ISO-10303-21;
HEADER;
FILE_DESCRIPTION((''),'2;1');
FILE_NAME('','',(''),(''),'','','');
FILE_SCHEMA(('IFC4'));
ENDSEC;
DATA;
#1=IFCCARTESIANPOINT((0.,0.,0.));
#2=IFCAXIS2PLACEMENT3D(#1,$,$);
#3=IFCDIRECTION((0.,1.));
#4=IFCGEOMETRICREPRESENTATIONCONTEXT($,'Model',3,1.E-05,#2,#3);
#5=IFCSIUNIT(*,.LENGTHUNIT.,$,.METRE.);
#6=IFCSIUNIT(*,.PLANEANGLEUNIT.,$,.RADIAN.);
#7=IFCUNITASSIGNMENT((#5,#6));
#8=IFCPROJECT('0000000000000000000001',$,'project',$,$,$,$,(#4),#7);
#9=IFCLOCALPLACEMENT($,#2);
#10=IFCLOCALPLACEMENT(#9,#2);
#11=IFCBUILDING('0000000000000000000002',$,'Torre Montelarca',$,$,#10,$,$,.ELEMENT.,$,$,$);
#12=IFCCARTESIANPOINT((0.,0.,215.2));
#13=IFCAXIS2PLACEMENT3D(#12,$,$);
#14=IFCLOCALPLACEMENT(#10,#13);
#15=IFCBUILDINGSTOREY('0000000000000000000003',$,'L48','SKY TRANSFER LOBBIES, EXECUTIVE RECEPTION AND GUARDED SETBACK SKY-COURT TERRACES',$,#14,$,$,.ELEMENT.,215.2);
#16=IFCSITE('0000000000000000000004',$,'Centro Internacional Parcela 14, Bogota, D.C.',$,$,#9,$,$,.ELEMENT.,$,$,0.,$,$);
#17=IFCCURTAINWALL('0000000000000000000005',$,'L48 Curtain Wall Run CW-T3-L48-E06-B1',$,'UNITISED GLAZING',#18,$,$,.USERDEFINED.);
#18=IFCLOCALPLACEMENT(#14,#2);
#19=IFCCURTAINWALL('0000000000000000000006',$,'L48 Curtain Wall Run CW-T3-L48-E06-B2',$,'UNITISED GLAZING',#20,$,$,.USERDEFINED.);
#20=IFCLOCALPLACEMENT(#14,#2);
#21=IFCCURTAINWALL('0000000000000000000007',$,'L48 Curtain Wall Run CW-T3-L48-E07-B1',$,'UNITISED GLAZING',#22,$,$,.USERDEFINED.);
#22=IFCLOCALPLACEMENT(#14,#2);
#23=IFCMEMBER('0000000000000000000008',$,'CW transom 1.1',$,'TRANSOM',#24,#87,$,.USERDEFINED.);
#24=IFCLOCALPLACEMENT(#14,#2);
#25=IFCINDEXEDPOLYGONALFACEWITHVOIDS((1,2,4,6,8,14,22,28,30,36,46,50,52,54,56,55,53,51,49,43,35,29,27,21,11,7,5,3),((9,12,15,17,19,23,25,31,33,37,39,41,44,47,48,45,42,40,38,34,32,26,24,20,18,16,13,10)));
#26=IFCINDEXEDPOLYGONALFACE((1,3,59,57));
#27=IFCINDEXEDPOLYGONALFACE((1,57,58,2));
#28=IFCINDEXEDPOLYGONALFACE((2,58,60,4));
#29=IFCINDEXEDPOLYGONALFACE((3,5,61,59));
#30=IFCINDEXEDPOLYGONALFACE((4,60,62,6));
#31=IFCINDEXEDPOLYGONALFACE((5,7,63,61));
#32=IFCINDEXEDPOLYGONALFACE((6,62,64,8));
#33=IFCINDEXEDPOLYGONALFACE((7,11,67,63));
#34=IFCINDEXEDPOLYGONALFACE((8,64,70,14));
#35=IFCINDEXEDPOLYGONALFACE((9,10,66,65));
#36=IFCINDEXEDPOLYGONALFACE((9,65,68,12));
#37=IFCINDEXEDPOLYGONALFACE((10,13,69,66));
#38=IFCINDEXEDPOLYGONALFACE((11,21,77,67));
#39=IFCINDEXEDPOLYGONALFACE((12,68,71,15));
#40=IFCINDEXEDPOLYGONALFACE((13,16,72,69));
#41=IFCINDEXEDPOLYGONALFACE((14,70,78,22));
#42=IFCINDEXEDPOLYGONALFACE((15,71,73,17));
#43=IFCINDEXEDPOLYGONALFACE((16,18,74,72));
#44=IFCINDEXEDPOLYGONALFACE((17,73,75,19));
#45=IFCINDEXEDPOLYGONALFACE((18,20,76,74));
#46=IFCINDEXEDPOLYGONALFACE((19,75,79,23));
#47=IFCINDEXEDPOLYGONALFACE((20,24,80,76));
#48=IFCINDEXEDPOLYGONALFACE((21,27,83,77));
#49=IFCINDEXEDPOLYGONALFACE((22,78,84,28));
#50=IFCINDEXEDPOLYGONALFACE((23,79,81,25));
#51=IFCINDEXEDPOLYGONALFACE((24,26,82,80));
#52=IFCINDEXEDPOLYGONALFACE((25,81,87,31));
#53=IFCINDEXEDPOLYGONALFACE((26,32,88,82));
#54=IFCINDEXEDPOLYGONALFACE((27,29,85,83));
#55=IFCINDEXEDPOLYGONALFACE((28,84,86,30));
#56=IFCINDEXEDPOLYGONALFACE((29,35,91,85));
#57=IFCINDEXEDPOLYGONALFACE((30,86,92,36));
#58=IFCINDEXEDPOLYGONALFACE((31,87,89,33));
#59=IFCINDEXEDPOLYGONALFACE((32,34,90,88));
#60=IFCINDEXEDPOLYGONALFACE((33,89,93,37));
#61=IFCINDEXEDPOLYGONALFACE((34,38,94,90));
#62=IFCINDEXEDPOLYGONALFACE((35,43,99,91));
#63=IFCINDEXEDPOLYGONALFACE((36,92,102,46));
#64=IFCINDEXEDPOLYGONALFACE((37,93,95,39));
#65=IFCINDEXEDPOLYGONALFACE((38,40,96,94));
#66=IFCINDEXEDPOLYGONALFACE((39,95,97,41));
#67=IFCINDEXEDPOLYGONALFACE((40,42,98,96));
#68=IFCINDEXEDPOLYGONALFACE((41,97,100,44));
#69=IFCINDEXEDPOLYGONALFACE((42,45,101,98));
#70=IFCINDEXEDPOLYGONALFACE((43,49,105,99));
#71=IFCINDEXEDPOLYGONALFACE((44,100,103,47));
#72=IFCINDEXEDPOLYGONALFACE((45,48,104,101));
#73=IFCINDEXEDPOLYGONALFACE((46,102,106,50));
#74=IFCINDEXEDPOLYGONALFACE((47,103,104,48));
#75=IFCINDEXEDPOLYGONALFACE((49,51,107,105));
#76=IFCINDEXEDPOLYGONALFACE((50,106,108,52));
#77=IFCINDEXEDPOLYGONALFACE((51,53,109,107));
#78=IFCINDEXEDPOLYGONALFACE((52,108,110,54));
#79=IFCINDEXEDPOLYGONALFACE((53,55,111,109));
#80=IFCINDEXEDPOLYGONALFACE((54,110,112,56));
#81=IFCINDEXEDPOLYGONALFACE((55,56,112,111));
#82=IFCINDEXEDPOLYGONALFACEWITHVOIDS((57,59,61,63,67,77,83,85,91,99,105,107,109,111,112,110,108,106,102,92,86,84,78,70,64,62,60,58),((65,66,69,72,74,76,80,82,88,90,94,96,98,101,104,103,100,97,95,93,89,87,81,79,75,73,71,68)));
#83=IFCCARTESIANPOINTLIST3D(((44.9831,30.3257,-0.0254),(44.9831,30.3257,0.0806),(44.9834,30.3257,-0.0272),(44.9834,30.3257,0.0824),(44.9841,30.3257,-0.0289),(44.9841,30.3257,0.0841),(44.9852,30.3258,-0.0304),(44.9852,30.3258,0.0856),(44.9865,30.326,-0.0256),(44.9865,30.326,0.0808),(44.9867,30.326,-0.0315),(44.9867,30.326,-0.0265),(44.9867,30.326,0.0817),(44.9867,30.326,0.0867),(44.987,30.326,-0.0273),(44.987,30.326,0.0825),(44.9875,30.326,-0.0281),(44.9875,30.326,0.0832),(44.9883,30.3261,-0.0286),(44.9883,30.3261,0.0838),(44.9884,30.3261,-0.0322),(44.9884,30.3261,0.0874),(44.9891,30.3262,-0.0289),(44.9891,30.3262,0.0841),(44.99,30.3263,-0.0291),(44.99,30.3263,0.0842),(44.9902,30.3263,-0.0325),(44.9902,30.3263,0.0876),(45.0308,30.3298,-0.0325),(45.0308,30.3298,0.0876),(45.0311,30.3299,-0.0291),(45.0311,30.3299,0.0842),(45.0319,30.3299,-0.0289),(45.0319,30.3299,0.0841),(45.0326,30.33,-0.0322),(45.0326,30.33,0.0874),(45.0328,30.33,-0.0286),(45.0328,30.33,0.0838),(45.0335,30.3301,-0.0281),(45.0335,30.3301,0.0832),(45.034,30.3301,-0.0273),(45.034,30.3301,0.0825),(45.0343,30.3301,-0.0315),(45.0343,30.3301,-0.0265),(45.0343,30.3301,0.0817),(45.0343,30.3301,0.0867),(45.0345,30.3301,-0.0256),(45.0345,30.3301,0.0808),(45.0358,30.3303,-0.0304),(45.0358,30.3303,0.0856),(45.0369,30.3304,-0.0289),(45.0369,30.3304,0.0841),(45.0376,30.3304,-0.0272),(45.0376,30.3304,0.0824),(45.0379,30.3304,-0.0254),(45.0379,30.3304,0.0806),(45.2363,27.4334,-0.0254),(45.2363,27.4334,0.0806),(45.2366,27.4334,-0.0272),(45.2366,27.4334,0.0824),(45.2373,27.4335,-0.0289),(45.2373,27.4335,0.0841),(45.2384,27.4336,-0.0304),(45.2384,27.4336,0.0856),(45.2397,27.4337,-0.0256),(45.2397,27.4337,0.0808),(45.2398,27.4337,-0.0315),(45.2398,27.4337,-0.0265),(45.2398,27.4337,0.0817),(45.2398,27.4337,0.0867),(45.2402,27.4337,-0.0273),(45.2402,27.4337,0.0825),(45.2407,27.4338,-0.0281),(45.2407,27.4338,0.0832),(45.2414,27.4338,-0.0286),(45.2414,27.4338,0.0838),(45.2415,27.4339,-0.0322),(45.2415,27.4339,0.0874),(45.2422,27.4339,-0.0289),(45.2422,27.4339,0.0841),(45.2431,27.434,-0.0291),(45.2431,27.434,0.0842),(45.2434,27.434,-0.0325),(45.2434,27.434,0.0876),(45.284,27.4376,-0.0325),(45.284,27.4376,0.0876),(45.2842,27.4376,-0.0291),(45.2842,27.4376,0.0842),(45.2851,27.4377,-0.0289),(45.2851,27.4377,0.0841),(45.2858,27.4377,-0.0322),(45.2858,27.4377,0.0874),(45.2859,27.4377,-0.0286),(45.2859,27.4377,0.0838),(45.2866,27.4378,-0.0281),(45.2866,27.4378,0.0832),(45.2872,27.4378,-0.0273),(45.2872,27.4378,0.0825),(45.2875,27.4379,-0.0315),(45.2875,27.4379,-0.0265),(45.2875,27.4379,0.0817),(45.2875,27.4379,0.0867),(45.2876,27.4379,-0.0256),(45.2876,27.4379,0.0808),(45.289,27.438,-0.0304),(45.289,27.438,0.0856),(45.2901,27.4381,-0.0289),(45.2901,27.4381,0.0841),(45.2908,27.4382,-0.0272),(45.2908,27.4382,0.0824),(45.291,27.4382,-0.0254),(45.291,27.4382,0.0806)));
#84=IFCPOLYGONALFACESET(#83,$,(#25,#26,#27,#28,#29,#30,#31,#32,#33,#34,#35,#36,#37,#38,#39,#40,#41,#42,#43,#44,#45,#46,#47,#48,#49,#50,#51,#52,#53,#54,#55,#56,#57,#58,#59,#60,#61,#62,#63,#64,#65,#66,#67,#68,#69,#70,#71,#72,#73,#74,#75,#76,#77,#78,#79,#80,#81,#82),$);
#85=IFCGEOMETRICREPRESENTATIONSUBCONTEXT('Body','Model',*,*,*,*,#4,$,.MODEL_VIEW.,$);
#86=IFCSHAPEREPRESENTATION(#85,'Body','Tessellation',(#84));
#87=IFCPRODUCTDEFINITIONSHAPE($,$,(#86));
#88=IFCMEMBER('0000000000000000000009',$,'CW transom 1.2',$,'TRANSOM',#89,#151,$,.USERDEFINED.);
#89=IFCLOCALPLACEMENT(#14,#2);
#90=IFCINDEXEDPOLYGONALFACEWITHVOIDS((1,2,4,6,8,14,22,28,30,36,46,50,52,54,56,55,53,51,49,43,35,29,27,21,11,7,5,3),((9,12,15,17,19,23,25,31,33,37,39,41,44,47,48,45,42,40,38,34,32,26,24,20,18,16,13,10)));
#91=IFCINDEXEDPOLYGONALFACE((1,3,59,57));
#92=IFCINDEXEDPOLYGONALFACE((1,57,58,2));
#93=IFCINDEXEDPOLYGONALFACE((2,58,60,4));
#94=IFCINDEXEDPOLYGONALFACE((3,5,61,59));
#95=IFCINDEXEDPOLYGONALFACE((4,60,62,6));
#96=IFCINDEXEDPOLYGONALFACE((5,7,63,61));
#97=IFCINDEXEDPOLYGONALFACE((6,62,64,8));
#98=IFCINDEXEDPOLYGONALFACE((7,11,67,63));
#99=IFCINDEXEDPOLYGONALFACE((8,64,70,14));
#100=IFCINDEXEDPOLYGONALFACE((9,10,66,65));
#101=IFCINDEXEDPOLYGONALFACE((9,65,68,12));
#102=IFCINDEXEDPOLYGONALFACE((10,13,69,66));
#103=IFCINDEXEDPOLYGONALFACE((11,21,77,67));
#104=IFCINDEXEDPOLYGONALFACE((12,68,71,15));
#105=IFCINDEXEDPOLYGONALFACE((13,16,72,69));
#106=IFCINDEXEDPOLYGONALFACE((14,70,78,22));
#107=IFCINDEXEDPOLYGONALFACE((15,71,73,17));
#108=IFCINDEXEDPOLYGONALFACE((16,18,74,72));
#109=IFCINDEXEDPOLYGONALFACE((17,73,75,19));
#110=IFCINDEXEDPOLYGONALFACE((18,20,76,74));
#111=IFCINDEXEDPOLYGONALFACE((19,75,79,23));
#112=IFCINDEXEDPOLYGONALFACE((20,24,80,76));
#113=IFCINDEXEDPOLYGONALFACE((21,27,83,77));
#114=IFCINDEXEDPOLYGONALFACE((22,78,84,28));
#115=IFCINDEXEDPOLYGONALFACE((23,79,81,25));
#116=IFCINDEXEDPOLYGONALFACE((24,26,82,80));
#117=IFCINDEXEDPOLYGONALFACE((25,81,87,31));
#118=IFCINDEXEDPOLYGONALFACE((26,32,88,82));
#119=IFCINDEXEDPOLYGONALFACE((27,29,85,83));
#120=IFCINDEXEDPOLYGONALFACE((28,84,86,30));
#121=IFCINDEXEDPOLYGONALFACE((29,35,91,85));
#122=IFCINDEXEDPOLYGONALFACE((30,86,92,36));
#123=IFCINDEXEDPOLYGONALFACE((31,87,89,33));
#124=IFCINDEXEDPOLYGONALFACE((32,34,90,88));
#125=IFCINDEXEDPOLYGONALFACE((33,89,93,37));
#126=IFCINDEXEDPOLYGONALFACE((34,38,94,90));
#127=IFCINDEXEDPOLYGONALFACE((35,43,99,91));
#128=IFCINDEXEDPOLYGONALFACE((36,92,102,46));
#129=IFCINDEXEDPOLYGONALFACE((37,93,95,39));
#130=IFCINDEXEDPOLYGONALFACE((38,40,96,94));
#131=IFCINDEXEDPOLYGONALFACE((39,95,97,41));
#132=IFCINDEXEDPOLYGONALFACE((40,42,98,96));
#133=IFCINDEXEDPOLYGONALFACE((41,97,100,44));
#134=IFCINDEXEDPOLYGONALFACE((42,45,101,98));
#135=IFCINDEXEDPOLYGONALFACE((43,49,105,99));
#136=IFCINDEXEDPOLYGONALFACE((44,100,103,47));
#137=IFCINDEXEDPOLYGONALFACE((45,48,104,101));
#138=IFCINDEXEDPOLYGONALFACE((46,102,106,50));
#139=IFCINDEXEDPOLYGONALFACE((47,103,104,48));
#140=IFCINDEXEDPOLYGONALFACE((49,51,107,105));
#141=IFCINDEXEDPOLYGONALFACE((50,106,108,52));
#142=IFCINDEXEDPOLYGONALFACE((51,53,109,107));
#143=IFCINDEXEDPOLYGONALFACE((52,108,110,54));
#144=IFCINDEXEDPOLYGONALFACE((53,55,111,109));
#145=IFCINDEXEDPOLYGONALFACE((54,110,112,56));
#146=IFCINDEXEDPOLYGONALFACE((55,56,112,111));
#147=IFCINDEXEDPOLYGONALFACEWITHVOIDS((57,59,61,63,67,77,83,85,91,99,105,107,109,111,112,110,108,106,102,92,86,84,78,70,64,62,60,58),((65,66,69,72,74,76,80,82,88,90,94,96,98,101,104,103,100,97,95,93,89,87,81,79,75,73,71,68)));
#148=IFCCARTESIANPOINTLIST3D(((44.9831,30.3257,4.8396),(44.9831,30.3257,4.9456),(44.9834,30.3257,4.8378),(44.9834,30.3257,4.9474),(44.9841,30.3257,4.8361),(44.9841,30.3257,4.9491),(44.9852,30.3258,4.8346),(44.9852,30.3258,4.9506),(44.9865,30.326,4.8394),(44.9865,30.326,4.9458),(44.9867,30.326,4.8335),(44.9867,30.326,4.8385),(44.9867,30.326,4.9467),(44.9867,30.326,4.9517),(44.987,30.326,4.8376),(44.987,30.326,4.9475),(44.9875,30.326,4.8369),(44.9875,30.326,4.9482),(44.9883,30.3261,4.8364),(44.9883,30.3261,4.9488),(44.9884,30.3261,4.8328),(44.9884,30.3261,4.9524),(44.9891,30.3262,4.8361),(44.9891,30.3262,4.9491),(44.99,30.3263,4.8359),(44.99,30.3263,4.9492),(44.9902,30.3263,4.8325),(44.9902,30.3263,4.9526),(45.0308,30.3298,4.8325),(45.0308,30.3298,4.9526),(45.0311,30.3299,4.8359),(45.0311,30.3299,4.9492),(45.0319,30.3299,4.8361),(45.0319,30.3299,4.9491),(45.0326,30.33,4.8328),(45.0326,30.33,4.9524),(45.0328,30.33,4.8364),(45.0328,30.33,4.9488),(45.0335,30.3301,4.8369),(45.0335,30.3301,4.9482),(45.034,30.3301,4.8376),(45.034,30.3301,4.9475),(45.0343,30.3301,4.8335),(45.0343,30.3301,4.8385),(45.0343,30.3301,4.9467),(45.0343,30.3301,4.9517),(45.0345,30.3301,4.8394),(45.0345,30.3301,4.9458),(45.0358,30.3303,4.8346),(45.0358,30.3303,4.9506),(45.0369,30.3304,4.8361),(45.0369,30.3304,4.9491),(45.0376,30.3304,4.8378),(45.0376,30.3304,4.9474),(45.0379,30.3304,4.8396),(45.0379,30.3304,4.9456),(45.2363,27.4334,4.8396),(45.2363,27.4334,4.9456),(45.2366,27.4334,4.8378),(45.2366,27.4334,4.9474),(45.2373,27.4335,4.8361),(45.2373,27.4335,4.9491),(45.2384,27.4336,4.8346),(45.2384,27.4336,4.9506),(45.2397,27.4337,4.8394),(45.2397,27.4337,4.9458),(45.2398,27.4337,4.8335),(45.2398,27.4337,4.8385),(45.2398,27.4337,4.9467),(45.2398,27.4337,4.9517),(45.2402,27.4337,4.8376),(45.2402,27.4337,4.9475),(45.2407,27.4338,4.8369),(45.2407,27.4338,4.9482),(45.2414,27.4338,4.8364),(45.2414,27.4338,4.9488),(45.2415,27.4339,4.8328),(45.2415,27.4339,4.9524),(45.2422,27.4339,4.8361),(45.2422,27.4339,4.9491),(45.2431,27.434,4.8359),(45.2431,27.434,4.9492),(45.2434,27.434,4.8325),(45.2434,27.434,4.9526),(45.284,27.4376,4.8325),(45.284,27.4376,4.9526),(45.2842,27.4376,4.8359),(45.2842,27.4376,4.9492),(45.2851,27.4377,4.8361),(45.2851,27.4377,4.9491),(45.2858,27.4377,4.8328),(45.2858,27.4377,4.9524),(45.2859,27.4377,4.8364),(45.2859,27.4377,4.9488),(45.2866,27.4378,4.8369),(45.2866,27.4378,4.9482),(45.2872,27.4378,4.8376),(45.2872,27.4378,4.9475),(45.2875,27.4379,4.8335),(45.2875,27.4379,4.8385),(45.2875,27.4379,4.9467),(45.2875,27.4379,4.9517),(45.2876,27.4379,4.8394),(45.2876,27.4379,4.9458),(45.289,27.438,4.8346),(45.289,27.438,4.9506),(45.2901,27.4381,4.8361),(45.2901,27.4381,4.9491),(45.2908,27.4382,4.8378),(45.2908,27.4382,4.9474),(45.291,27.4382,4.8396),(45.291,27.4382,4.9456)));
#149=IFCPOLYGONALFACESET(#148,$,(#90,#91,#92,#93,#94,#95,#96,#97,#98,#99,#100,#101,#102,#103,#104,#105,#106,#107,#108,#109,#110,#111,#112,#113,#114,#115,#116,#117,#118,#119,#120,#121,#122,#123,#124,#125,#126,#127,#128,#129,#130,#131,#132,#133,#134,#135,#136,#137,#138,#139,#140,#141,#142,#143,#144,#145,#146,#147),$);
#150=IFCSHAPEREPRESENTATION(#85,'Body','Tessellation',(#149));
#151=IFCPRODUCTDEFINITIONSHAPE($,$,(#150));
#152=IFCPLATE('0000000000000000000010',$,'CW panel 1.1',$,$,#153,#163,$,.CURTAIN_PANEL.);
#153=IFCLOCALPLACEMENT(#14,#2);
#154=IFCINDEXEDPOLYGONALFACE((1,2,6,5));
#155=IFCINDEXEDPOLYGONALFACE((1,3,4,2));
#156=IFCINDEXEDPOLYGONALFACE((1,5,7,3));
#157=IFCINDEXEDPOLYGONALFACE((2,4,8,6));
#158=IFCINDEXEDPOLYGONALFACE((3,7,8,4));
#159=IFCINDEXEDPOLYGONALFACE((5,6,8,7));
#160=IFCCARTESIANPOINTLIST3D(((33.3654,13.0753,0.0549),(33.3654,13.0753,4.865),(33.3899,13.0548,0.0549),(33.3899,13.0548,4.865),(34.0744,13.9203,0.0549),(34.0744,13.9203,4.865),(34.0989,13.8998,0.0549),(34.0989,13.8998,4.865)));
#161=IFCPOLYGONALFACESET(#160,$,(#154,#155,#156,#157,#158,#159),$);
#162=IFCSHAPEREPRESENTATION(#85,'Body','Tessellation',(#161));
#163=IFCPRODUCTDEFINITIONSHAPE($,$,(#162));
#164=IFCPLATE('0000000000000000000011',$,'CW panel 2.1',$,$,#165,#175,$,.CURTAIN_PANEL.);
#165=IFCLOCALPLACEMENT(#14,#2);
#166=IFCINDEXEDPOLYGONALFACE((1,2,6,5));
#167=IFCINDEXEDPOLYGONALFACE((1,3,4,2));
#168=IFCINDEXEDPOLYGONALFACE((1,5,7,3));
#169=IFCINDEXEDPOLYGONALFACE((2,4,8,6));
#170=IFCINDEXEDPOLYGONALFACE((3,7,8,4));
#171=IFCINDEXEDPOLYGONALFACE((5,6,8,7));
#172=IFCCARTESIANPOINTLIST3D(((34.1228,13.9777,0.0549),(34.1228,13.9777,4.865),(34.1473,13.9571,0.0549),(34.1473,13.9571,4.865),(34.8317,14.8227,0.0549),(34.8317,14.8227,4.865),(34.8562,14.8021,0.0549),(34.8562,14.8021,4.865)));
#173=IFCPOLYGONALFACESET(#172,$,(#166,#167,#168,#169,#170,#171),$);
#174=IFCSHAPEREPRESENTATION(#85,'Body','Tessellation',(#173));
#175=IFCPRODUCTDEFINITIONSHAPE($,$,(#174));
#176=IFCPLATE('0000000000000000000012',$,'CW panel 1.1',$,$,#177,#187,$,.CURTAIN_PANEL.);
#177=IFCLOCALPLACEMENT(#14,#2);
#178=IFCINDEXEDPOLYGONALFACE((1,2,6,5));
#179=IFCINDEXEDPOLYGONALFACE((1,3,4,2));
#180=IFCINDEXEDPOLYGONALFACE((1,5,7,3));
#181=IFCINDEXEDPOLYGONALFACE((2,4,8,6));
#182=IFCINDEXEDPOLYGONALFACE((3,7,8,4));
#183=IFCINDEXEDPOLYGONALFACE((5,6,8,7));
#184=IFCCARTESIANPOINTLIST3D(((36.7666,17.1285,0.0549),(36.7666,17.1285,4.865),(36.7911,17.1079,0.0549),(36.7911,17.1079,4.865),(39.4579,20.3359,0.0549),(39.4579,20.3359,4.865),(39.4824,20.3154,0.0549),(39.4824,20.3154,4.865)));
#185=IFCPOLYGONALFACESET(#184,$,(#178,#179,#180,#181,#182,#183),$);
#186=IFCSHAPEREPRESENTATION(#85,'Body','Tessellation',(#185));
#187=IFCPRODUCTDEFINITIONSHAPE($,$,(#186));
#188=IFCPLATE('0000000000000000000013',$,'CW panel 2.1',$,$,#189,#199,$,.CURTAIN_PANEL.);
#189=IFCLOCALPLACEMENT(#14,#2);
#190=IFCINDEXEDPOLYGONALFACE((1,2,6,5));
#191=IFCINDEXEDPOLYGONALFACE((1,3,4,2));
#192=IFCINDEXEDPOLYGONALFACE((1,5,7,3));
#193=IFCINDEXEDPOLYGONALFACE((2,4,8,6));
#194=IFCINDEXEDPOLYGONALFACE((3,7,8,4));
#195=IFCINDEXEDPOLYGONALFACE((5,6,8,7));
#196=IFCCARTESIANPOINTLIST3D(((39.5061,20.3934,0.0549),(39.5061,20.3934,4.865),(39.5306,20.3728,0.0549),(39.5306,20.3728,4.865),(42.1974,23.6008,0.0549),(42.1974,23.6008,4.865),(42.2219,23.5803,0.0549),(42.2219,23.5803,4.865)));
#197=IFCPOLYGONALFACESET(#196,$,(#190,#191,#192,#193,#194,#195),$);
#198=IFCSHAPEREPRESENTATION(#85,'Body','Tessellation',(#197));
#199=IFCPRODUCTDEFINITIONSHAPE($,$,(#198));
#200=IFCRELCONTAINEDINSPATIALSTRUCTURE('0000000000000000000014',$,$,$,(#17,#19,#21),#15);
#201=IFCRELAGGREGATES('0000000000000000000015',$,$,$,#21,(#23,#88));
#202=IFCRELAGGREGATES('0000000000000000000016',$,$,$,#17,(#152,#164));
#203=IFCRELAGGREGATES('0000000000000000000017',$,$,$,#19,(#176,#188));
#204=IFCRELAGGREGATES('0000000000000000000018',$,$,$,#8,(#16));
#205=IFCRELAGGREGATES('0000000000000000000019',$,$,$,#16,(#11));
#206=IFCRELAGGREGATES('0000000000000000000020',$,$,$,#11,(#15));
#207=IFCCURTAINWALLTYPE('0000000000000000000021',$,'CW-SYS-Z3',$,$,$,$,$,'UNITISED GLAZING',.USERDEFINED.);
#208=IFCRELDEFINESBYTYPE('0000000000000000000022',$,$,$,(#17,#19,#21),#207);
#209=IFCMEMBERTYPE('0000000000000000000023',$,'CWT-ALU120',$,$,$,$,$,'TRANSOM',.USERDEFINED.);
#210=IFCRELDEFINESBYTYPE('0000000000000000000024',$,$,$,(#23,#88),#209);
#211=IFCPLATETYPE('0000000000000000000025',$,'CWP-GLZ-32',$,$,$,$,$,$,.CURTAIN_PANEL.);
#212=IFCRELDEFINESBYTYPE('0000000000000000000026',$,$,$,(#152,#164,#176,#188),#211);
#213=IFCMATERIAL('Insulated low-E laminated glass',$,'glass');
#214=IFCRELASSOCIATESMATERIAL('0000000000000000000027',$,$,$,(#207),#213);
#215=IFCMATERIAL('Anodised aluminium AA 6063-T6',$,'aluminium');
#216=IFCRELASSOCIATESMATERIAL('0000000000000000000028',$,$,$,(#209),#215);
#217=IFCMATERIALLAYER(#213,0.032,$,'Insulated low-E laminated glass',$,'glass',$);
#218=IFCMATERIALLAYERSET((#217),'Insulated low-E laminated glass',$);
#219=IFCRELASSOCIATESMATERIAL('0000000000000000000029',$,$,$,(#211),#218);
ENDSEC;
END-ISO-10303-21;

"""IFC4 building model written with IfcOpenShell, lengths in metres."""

from ifc_helpers import new_model, si_unit, direction, frame, origin, origin_2d, place, context, subcontext, project, spatial, rectangle, hollow_rectangle, extrude, source, transform, mapped, material, layer, layer_set, material_profile, profile_set, type_object, element, aggregate, save


model = new_model("IFC4")

# Units and contexts
model_context = context("Model", 3, precision=1e-05, world=origin(), true_north=direction((0.0, 1.0)))
body_context = subcontext(model_context, "Body", "Model", "MODEL_VIEW")
ifc_project = project(units=[si_unit("LENGTHUNIT", "METRE"), si_unit("PLANEANGLEUNIT", "RADIAN")], contexts=[model_context])

# Site, building, storey
site_placement = place(None, origin())
site = spatial("IfcSite", under=ifc_project, at=site_placement, Name="Centro Internacional Parcela 14, Bogota, D.C.", CompositionType="ELEMENT", RefElevation=0.0)
building_placement = place(site_placement, origin())
building = spatial("IfcBuilding", under=site, at=building_placement, Name="Torre Montelarca", CompositionType="ELEMENT")
storey_placement = place(building_placement, frame((0.0, 0.0, 215.2)))
storey = spatial("IfcBuildingStorey", under=building, at=storey_placement, Name="L48", Description="SKY TRANSFER LOBBIES, EXECUTIVE RECEPTION AND GUARDED SETBACK SKY-COURT TERRACES", CompositionType="ELEMENT", Elevation=215.2)

# Curtain walls
ifc_material_1 = material(Name="Insulated low-E laminated glass", Category="glass")
curtain_wall_type = type_object("IfcCurtainWallType", Name="CW-SYS-Z3", ElementType="UNITISED GLAZING", PredefinedType="USERDEFINED", material=ifc_material_1)
curtain_wall_1_placement = place(storey_placement, origin())
curtain_wall_1 = element("IfcCurtainWall", 1, at=curtain_wall_1_placement, inside=storey, type_object=curtain_wall_type, Name="L48 Curtain Wall Run CW-T3-L48-E06-B1", ObjectType="UNITISED GLAZING", PredefinedType="USERDEFINED")
ifc_material_2 = material(Name="Anodised aluminium AA 6063-T6", Category="aluminium")
curtain_wall_2_placement = place(storey_placement, origin())
curtain_wall_2 = element("IfcCurtainWall", 2, at=curtain_wall_2_placement, inside=storey, type_object=curtain_wall_type, Name="L48 Curtain Wall Run CW-T3-L48-E06-B2", ObjectType="UNITISED GLAZING", PredefinedType="USERDEFINED")

# Curtain wall
curtain_wall_3_placement = place(storey_placement, origin())
curtain_wall_3 = element("IfcCurtainWall", 3, at=curtain_wall_3_placement, inside=storey, type_object=curtain_wall_type, Name="L48 Curtain Wall Run CW-T3-L48-E07-B1", ObjectType="UNITISED GLAZING", PredefinedType="USERDEFINED")

# Members
ifc_material_profile_1 = material_profile(ifc_material_2, hollow_rectangle(XDim=0.0549, YDim=0.1201, WallThickness=0.0034, InnerFilletRadius=0.0034, OuterFilletRadius=0.0071, at=origin_2d()), Name="ALU55X120X3.5", Category="aluminium")
ifc_profile_set_1 = profile_set([ifc_material_profile_1], Name="Anodised aluminium AA 6063-T6")
member_type_1 = type_object("IfcMemberType", Name="CWT-ALU120", ElementType="TRANSOM", PredefinedType="USERDEFINED", material=ifc_profile_set_1)
shared_shape_1 = source(origin(), body_context, "Body", "SweptSolid", [
    extrude(hollow_rectangle(XDim=0.0549, YDim=0.1201, WallThickness=0.0034, InnerFilletRadius=0.0034, OuterFilletRadius=0.0071, at=origin_2d()), origin(), (0.0, 0.0, 1.0), 2.9033),
])
member_1_placement = place(storey_placement, frame((45.2637, 27.4358, 0.0276), z_axis=(-0.087199, 0.996191, 0.0), x_axis=(-0.996191, -0.087199, 0.0)))
member_1 = element("IfcMember", 4, at=member_1_placement, type_object=member_type_1, Name="CW transom 1.1", ObjectType="TRANSOM", PredefinedType="USERDEFINED", context=body_context, shape_type="MappedRepresentation", body=[
    mapped(shared_shape_1, transform((0.0, 0.0, 0.0), scale=1.0)),
])
member_2_placement = place(storey_placement, frame((45.2637, 27.4358, 4.8926), z_axis=(-0.087199, 0.996191, 0.0), x_axis=(-0.996191, -0.087199, 0.0)))
member_2 = element("IfcMember", 5, at=member_2_placement, type_object=member_type_1, Name="CW transom 1.2", ObjectType="TRANSOM", PredefinedType="USERDEFINED", context=body_context, shape_type="MappedRepresentation", body=[
    mapped(shared_shape_1, transform((0.0, 0.0, 0.0), scale=1.0)),
])
aggregate(curtain_wall_3, [member_1, member_2])

# Plates
ifc_layer_1 = layer(ifc_material_1, 0.032, Name="Insulated low-E laminated glass", Category="glass")
ifc_layer_set_1 = layer_set([ifc_layer_1], Name="Insulated low-E laminated glass")
plate_type = type_object("IfcPlateType", Name="CWP-GLZ-32", PredefinedType="CURTAIN_PANEL", material=ifc_layer_set_1)
shared_shape_2 = source(origin(), body_context, "Body", "SweptSolid", [
    extrude(rectangle(XDim=1.103, YDim=0.032, at=origin_2d()), origin(), (0.0, 0.0, 1.0), 4.8101),
])
plate_1_placement = place(storey_placement, frame((33.7322, 13.4875, 0.0549), z_axis=(0.0, 0.0, 1.0), x_axis=(0.64277, 0.766059, 0.0)))
plate_1 = element("IfcPlate", 6, at=plate_1_placement, type_object=plate_type, Name="CW panel 1.1", PredefinedType="CURTAIN_PANEL", context=body_context, shape_type="MappedRepresentation", body=[
    mapped(shared_shape_2, transform((0.0, 0.0, 0.0), scale=1.0)),
])
plate_2_placement = place(storey_placement, frame((34.4895, 14.3899, 0.0549), z_axis=(0.0, 0.0, 1.0), x_axis=(0.64277, 0.766059, 0.0)))
plate_2 = element("IfcPlate", 7, at=plate_2_placement, type_object=plate_type, Name="CW panel 2.1", PredefinedType="CURTAIN_PANEL", context=body_context, shape_type="MappedRepresentation", body=[
    mapped(shared_shape_2, transform((0.0, 0.0, 0.0), scale=1.0)),
])
aggregate(curtain_wall_1, [plate_1, plate_2])
shared_shape_3 = source(origin(), body_context, "Body", "SweptSolid", [
    extrude(rectangle(XDim=4.187, YDim=0.032, at=origin_2d()), origin(), (0.0, 0.0, 1.0), 4.8101),
])
plate_3_placement = place(storey_placement, frame((38.1245, 18.7219, 0.0549), z_axis=(0.0, 0.0, 1.0), x_axis=(0.642782, 0.766049, 0.0)))
plate_3 = element("IfcPlate", 8, at=plate_3_placement, type_object=plate_type, Name="CW panel 1.1", PredefinedType="CURTAIN_PANEL", context=body_context, shape_type="MappedRepresentation", body=[
    mapped(shared_shape_3, transform((0.0, 0.0, 0.0), scale=1.0)),
])
plate_4_placement = place(storey_placement, frame((40.864, 21.9868, 0.0549), z_axis=(0.0, 0.0, 1.0), x_axis=(0.642782, 0.766049, 0.0)))
plate_4 = element("IfcPlate", 9, at=plate_4_placement, type_object=plate_type, Name="CW panel 2.1", PredefinedType="CURTAIN_PANEL", context=body_context, shape_type="MappedRepresentation", body=[
    mapped(shared_shape_3, transform((0.0, 0.0, 0.0), scale=1.0)),
])
aggregate(curtain_wall_2, [plate_3, plate_4])

save(model, "model.ifc")
